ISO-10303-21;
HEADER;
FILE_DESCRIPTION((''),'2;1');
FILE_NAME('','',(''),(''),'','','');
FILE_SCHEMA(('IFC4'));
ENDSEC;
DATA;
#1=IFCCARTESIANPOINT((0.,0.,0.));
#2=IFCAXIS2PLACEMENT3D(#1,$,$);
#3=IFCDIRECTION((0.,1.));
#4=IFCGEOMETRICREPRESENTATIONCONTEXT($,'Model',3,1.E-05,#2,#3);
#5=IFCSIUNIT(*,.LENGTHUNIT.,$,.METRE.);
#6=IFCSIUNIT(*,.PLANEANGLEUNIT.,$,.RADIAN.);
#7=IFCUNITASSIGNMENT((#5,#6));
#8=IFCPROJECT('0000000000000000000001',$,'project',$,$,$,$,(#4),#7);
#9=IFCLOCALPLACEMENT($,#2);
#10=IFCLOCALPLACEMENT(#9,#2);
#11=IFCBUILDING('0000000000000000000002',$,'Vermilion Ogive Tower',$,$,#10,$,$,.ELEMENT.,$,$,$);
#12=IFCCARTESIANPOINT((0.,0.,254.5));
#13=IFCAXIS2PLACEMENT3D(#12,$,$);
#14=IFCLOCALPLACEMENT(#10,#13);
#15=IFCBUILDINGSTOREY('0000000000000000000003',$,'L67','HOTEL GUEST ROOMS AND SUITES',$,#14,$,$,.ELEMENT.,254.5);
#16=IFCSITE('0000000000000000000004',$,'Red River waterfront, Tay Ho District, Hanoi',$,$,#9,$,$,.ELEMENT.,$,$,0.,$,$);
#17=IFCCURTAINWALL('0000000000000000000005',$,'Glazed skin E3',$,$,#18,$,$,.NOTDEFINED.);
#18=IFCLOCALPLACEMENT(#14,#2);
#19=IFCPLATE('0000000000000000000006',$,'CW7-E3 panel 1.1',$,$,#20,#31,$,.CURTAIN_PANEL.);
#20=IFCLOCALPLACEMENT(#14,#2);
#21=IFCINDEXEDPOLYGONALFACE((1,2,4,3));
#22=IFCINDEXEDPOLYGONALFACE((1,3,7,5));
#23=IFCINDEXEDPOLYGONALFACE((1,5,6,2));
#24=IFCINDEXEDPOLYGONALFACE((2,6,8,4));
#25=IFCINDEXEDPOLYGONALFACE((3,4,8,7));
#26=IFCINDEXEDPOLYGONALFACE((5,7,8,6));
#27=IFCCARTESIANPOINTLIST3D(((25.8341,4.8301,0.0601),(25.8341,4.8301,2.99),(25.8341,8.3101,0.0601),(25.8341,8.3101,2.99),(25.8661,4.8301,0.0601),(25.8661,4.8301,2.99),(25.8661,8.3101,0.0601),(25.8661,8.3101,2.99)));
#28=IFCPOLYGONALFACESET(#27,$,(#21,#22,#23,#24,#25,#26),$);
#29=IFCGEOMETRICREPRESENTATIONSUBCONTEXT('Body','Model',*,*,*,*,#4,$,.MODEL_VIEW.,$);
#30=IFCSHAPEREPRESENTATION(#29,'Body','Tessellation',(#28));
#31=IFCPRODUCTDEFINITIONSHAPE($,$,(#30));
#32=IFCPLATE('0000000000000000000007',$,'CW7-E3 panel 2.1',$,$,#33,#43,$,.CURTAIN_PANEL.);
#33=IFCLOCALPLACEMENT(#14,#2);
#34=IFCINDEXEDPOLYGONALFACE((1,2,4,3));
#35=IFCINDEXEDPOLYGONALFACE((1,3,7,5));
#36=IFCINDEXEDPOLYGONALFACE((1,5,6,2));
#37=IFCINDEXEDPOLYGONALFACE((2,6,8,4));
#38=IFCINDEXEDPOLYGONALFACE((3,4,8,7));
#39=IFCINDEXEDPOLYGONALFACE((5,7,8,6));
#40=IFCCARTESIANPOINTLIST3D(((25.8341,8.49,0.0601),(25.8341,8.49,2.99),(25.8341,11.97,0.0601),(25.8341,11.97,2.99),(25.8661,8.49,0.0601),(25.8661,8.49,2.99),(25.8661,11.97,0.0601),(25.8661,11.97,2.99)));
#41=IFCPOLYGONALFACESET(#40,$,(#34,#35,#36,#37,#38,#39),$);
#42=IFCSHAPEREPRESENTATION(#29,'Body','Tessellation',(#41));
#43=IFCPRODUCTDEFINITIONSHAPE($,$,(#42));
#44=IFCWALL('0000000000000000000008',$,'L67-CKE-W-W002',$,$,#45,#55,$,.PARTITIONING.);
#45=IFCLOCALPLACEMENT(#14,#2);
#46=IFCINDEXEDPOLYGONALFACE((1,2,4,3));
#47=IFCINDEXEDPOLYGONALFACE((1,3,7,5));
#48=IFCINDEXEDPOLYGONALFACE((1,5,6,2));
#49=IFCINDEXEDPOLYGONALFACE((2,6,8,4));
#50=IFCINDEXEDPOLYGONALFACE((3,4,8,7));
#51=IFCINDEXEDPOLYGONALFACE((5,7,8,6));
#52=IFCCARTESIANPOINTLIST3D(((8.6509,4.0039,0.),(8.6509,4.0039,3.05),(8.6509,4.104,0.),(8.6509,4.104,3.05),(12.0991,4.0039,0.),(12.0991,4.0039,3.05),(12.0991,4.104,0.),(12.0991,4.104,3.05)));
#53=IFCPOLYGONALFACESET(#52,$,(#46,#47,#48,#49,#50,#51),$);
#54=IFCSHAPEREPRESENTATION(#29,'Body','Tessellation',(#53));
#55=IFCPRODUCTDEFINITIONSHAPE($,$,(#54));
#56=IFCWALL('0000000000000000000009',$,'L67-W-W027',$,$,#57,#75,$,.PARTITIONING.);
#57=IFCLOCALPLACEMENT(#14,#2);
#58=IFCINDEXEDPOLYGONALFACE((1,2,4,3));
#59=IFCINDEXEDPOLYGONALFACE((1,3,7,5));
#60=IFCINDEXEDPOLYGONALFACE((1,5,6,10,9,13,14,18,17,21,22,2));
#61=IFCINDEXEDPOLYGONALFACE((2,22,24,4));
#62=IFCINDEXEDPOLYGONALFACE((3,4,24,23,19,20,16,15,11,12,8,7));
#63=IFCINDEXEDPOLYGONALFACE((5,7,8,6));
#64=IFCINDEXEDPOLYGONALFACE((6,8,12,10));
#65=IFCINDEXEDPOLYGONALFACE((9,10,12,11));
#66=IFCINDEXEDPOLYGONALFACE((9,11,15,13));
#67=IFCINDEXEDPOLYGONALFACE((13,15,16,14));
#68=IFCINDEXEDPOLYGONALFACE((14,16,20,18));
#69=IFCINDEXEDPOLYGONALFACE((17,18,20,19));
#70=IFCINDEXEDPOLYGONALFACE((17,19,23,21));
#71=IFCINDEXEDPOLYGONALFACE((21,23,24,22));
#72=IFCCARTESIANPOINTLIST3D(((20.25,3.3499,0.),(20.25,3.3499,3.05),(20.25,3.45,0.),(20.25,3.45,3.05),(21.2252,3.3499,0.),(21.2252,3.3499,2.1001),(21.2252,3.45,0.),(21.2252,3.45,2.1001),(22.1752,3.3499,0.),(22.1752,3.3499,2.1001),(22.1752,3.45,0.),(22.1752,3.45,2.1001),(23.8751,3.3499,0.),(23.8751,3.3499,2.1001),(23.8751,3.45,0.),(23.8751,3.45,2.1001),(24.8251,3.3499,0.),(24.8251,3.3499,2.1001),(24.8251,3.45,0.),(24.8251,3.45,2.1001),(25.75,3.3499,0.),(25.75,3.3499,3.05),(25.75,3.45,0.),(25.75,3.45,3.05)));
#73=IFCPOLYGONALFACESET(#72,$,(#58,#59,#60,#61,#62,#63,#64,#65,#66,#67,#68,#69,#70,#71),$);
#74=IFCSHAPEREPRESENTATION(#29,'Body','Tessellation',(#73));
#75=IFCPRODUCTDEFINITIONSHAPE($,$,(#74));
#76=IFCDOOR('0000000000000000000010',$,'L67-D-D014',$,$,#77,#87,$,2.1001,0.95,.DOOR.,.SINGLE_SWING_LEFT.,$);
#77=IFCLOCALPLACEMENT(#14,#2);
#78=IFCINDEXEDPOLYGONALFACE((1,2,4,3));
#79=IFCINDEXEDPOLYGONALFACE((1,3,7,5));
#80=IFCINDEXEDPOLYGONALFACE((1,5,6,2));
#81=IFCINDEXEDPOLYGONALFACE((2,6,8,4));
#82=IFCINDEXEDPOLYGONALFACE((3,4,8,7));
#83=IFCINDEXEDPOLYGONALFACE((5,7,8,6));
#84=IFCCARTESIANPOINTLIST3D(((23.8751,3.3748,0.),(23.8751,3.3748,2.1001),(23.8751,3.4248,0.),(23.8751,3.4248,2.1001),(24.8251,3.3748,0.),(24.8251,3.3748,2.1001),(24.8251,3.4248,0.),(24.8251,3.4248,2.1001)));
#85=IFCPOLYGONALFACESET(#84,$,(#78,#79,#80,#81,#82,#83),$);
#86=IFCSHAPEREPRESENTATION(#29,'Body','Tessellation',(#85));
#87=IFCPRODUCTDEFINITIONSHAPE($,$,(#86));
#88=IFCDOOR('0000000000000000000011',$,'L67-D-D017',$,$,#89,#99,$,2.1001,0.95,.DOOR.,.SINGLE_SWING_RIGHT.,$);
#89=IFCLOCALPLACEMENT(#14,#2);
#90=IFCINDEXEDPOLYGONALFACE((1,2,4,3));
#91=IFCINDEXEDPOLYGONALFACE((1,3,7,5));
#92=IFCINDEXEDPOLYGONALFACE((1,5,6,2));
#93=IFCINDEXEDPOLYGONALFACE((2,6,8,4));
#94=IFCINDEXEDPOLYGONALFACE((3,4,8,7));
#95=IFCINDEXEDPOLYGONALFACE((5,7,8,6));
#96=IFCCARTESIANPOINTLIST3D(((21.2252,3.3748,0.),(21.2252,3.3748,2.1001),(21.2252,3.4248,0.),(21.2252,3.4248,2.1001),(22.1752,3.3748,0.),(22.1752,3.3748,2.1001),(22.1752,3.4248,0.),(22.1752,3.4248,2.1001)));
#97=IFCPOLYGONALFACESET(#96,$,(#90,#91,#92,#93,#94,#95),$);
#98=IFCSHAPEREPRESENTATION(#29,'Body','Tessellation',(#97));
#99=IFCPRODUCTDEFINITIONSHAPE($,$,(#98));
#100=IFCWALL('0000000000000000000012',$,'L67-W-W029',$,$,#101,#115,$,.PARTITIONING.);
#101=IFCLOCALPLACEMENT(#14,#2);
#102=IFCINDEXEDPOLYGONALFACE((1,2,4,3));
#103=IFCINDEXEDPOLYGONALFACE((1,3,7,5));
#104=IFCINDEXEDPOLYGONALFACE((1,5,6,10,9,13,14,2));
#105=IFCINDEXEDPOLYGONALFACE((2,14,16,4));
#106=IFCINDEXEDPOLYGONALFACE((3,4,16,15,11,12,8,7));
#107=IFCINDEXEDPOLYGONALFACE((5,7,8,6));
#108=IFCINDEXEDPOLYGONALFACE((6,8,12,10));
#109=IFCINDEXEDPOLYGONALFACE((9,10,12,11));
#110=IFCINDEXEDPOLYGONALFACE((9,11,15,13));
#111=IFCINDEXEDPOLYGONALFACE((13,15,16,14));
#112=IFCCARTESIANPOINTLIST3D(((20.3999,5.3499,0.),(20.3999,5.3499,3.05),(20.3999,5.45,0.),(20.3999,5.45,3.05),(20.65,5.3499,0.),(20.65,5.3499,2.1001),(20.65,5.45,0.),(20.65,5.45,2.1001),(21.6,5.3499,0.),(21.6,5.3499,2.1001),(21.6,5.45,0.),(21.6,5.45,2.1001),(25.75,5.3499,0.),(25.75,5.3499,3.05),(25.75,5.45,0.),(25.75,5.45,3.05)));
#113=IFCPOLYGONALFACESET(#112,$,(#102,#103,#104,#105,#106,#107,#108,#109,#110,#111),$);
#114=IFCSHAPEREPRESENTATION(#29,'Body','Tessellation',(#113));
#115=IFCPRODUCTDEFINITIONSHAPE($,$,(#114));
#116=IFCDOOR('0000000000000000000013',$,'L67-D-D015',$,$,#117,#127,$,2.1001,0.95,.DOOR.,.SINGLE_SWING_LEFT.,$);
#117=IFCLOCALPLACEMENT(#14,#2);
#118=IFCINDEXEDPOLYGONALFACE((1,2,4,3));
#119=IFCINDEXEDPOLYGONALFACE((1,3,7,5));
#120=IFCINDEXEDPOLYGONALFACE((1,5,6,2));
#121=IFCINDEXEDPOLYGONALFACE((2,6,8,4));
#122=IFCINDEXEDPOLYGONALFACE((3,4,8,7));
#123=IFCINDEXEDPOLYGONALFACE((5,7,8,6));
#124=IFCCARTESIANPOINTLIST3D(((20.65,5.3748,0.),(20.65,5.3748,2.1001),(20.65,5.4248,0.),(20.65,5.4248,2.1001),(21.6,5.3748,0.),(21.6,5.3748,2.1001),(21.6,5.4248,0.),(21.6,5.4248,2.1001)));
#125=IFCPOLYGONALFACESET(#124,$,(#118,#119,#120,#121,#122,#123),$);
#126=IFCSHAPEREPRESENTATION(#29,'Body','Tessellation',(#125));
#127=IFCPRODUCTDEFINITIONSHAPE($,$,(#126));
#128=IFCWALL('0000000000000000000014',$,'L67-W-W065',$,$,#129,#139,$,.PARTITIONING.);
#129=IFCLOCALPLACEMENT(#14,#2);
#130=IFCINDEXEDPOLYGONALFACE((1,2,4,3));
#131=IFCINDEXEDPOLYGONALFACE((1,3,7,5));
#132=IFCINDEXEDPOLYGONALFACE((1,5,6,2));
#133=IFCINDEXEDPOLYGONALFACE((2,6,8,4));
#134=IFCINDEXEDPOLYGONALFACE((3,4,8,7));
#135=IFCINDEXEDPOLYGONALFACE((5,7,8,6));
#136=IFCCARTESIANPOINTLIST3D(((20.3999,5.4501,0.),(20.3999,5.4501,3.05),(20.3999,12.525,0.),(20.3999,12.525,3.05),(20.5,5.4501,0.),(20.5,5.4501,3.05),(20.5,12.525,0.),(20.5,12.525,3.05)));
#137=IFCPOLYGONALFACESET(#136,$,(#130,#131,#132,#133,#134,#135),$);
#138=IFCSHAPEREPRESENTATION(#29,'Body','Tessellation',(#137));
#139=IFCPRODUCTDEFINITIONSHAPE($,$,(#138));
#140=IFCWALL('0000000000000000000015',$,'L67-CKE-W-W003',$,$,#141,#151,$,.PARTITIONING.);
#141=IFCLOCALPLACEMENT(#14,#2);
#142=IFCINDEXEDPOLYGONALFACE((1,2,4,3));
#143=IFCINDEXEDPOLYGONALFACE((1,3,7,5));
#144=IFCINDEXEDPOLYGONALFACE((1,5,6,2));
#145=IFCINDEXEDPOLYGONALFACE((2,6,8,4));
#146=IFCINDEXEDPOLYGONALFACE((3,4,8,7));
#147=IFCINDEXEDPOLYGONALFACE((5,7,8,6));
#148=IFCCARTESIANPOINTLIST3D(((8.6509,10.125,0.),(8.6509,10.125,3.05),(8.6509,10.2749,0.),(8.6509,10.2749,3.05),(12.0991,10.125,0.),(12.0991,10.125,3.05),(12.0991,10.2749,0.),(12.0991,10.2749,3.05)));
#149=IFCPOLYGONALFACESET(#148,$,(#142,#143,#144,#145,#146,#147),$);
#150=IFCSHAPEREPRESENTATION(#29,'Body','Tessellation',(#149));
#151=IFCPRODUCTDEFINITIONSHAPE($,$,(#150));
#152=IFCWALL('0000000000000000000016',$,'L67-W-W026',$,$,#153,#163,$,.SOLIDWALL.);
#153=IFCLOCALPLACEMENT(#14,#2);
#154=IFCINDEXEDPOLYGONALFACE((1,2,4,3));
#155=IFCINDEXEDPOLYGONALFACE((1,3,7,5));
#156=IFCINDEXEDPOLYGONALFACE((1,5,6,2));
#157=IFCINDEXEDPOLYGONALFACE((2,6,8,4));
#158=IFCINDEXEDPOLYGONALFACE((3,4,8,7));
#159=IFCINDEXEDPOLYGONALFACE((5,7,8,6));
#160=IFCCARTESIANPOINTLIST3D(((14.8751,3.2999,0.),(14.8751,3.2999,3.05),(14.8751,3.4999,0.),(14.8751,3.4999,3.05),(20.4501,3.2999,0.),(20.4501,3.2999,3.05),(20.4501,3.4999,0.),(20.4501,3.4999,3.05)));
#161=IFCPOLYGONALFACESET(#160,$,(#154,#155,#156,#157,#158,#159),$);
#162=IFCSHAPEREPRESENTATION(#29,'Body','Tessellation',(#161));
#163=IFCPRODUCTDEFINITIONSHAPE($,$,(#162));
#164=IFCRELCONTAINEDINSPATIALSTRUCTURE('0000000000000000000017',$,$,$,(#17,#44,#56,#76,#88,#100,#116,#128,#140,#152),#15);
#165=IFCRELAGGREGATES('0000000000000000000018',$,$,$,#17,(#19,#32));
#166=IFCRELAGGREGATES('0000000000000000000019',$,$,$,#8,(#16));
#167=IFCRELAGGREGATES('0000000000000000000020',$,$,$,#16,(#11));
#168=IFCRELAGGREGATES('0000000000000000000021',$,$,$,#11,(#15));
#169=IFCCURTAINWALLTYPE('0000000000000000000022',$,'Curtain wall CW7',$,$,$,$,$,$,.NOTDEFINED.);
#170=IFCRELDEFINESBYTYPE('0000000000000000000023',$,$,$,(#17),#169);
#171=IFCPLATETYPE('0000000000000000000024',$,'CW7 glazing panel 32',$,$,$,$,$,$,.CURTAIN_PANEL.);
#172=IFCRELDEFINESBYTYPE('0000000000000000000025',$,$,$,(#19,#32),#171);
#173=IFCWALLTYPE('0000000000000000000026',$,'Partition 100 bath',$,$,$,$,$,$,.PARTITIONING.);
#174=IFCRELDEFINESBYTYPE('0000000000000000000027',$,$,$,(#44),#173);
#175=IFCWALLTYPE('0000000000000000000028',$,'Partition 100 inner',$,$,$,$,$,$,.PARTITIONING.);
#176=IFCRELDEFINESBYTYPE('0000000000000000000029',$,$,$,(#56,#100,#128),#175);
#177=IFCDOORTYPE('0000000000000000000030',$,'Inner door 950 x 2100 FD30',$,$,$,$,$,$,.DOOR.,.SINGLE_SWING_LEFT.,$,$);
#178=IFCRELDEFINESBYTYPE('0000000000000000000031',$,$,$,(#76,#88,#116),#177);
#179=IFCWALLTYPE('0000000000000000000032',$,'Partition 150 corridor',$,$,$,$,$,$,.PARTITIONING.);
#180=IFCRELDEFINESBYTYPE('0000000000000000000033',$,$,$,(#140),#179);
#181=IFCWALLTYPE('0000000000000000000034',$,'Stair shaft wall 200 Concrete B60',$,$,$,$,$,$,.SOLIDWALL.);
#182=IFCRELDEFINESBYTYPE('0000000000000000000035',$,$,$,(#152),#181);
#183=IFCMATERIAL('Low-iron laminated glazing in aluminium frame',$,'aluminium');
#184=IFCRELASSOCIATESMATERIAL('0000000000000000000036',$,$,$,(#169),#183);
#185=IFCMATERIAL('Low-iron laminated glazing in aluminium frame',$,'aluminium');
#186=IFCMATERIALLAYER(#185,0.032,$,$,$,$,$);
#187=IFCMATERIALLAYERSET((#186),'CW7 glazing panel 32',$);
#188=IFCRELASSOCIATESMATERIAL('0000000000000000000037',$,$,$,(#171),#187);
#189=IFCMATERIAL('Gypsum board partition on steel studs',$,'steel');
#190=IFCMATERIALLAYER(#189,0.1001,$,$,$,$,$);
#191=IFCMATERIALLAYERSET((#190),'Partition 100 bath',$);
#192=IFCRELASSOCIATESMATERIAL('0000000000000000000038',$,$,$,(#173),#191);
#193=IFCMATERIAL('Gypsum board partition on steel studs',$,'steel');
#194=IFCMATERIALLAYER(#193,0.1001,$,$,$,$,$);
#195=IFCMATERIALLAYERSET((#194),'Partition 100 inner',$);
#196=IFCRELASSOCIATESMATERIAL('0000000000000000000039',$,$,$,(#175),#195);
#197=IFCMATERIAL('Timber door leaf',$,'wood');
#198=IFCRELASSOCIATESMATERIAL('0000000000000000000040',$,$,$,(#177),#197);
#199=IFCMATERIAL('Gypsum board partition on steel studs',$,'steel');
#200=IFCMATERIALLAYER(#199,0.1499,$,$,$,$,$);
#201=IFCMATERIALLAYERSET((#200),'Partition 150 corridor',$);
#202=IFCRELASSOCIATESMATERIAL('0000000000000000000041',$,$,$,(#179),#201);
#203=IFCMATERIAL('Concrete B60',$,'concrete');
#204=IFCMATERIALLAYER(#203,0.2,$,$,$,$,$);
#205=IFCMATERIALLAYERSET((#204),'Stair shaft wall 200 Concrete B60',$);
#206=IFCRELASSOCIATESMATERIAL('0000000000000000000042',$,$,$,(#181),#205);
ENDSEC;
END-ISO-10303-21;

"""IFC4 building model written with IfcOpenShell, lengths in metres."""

from ifc_helpers import new_model, si_unit, direction, frame, frame_2d, origin, origin_2d, place, context, subcontext, project, spatial, rectangle, extrude, material, layer, layer_set, type_object, element, fill, aggregate, save


model = new_model("IFC4")

# Units and contexts
model_context = context("Model", 3, precision=1e-05, world=origin(), true_north=direction((0.0, 1.0)))
body_context = subcontext(model_context, "Body", "Model", "MODEL_VIEW")
ifc_project = project(units=[si_unit("LENGTHUNIT", "METRE"), si_unit("PLANEANGLEUNIT", "RADIAN")], contexts=[model_context])

# Site, building, storey
site_placement = place(None, origin())
site = spatial("IfcSite", under=ifc_project, at=site_placement, Name="Red River waterfront, Tay Ho District, Hanoi", CompositionType="ELEMENT", RefElevation=0.0)
building_placement = place(site_placement, origin())
building = spatial("IfcBuilding", under=site, at=building_placement, Name="Vermilion Ogive Tower", CompositionType="ELEMENT")
storey_placement = place(building_placement, frame((0.0, 0.0, 254.5)))
storey = spatial("IfcBuildingStorey", under=building, at=storey_placement, Name="L67", Description="HOTEL GUEST ROOMS AND SUITES", CompositionType="ELEMENT", Elevation=254.5)

# Curtain wall
ifc_material_1 = material(Name="Low-iron laminated glazing in aluminium frame", Category="aluminium")
curtain_wall_type = type_object("IfcCurtainWallType", Name="Curtain wall CW7", PredefinedType="NOTDEFINED", material=ifc_material_1)
curtain_wall_1_placement = place(storey_placement, origin())
curtain_wall_1 = element("IfcCurtainWall", 1, at=curtain_wall_1_placement, inside=storey, type_object=curtain_wall_type, Name="Glazed skin E3", PredefinedType="NOTDEFINED")

# Plates
ifc_material_2 = material(Name="Low-iron laminated glazing in aluminium frame", Category="aluminium")
ifc_layer_1 = layer(ifc_material_2, 0.032)
ifc_layer_set_1 = layer_set([ifc_layer_1], Name="CW7 glazing panel 32")
plate_type = type_object("IfcPlateType", Name="CW7 glazing panel 32", PredefinedType="CURTAIN_PANEL", material=ifc_layer_set_1)
plate_1_placement = place(storey_placement, frame((25.8501, 6.5701, 0.0601), z_axis=(0.0, 0.0, 1.0), x_axis=(0.0, 1.0, 0.0)))
plate_1 = element("IfcPlate", 2, at=plate_1_placement, type_object=plate_type, Name="CW7-E3 panel 1.1", PredefinedType="CURTAIN_PANEL", context=body_context, shape_type="SweptSolid", body=[
    extrude(rectangle(XDim=3.48, YDim=0.032, at=origin_2d()), origin(), (0.0, 0.0, 1.0), 2.9299),
])
plate_2_placement = place(storey_placement, frame((25.8501, 10.23, 0.0601), z_axis=(0.0, 0.0, 1.0), x_axis=(0.0, 1.0, 0.0)))
plate_2 = element("IfcPlate", 3, at=plate_2_placement, type_object=plate_type, Name="CW7-E3 panel 2.1", PredefinedType="CURTAIN_PANEL", context=body_context, shape_type="SweptSolid", body=[
    extrude(rectangle(XDim=3.48, YDim=0.032, at=origin_2d()), origin(), (0.0, 0.0, 1.0), 2.9299),
])
aggregate(curtain_wall_1, [plate_1, plate_2])

# Wall
ifc_material_3 = material(Name="Gypsum board partition on steel studs", Category="steel")
ifc_layer_2 = layer(ifc_material_3, 0.1001)
ifc_layer_set_2 = layer_set([ifc_layer_2], Name="Partition 100 bath")
wall_type_1 = type_object("IfcWallType", Name="Partition 100 bath", PredefinedType="PARTITIONING", material=ifc_layer_set_2)
wall_1_placement = place(storey_placement, frame((8.6509, 4.054, 0.0), z_axis=(0.0, 0.0, 1.0), x_axis=(1.0, 0.0, 0.0)))
element("IfcWall", 4, at=wall_1_placement, inside=storey, type_object=wall_type_1, Name="L67-CKE-W-W002", PredefinedType="PARTITIONING", context=body_context, shape_type="SweptSolid", body=[
    extrude(rectangle(XDim=3.4482, YDim=0.1001, at=frame_2d((1.7241, 0.0))), origin(), (0.0, 0.0, 1.0), 3.05),
])

# Wall, openings, doors
ifc_material_4 = material(Name="Gypsum board partition on steel studs", Category="steel")
ifc_layer_3 = layer(ifc_material_4, 0.1001)
ifc_layer_set_3 = layer_set([ifc_layer_3], Name="Partition 100 inner")
wall_type_2 = type_object("IfcWallType", Name="Partition 100 inner", PredefinedType="PARTITIONING", material=ifc_layer_set_3)
wall_2_placement = place(storey_placement, frame((20.25, 3.3999, 0.0), z_axis=(0.0, 0.0, 1.0), x_axis=(1.0, 0.0, 0.0)))
wall_2 = element("IfcWall", 5, at=wall_2_placement, inside=storey, type_object=wall_type_2, Name="L67-W-W027", PredefinedType="PARTITIONING", context=body_context, shape_type="SweptSolid", body=[
    extrude(rectangle(XDim=5.5, YDim=0.1001, at=frame_2d((2.75, 0.0))), origin(), (0.0, 0.0, 1.0), 3.05),
])
opening_1_placement = place(wall_2_placement, frame((3.625, 0.0, 0.0)))
opening_1 = element("IfcOpeningElement", 6, at=opening_1_placement, cuts=wall_2, PredefinedType="OPENING", context=body_context, shape_type="SweptSolid", body=[
    extrude(rectangle(XDim=0.95, YDim=2.1001, at=frame_2d((0.4751, 1.05))), frame((0.0, 0.0601, 0.0), z_axis=(0.0, -1.0, 0.0), x_axis=(1.0, 0.0, 0.0)), (0.0, 0.0, 1.0), 0.1201),
])
opening_2_placement = place(wall_2_placement, frame((0.9751, 0.0, 0.0)))
opening_2 = element("IfcOpeningElement", 7, at=opening_2_placement, cuts=wall_2, PredefinedType="OPENING", context=body_context, shape_type="SweptSolid", body=[
    extrude(rectangle(XDim=0.95, YDim=2.1001, at=frame_2d((0.4751, 1.05))), frame((0.0, 0.0601, 0.0), z_axis=(0.0, -1.0, 0.0), x_axis=(1.0, 0.0, 0.0)), (0.0, 0.0, 1.0), 0.1201),
])
ifc_material_5 = material(Name="Timber door leaf", Category="wood")
door_type = type_object("IfcDoorType", Name="Inner door 950 x 2100 FD30", OperationType="SINGLE_SWING_LEFT", PredefinedType="DOOR", material=ifc_material_5)
door_1_placement = place(opening_1_placement, origin())
door_1 = element("IfcDoor", 8, at=door_1_placement, inside=storey, type_object=door_type, Name="L67-D-D014", OperationType="SINGLE_SWING_LEFT", OverallHeight=2.1001, OverallWidth=0.95, PredefinedType="DOOR", context=body_context, shape_type="SweptSolid", body=[
    extrude(rectangle(XDim=0.95, YDim=2.1001, at=frame_2d((0.4751, 1.05))), frame((0.0, 0.0249, 0.0), z_axis=(0.0, -1.0, 0.0), x_axis=(1.0, 0.0, 0.0)), (0.0, 0.0, 1.0), 0.05),
])
fill(opening_1, door_1)
door_2_placement = place(opening_2_placement, origin())
door_2 = element("IfcDoor", 9, at=door_2_placement, inside=storey, type_object=door_type, Name="L67-D-D017", OperationType="SINGLE_SWING_RIGHT", OverallHeight=2.1001, OverallWidth=0.95, PredefinedType="DOOR", context=body_context, shape_type="SweptSolid", body=[
    extrude(rectangle(XDim=0.95, YDim=2.1001, at=frame_2d((0.4751, 1.05))), frame((0.0, 0.0249, 0.0), z_axis=(0.0, -1.0, 0.0), x_axis=(1.0, 0.0, 0.0)), (0.0, 0.0, 1.0), 0.05),
])
fill(opening_2, door_2)

# Wall, opening, door
wall_3_placement = place(storey_placement, frame((20.3999, 5.3999, 0.0), z_axis=(0.0, 0.0, 1.0), x_axis=(1.0, 0.0, 0.0)))
wall_3 = element("IfcWall", 10, at=wall_3_placement, inside=storey, type_object=wall_type_2, Name="L67-W-W029", PredefinedType="PARTITIONING", context=body_context, shape_type="SweptSolid", body=[
    extrude(rectangle(XDim=5.3501, YDim=0.1001, at=frame_2d((2.675, 0.0))), origin(), (0.0, 0.0, 1.0), 3.05),
])
opening_3_placement = place(wall_3_placement, frame((0.25, 0.0, 0.0)))
opening_3 = element("IfcOpeningElement", 11, at=opening_3_placement, cuts=wall_3, PredefinedType="OPENING", context=body_context, shape_type="SweptSolid", body=[
    extrude(rectangle(XDim=0.95, YDim=2.1001, at=frame_2d((0.4751, 1.05))), frame((0.0, 0.0601, 0.0), z_axis=(0.0, -1.0, 0.0), x_axis=(1.0, 0.0, 0.0)), (0.0, 0.0, 1.0), 0.1201),
])
door_3_placement = place(opening_3_placement, origin())
door_3 = element("IfcDoor", 12, at=door_3_placement, inside=storey, type_object=door_type, Name="L67-D-D015", OperationType="SINGLE_SWING_LEFT", OverallHeight=2.1001, OverallWidth=0.95, PredefinedType="DOOR", context=body_context, shape_type="SweptSolid", body=[
    extrude(rectangle(XDim=0.95, YDim=2.1001, at=frame_2d((0.4751, 1.05))), frame((0.0, 0.0249, 0.0), z_axis=(0.0, -1.0, 0.0), x_axis=(1.0, 0.0, 0.0)), (0.0, 0.0, 1.0), 0.05),
])
fill(opening_3, door_3)

# Walls
wall_4_placement = place(storey_placement, frame((20.45, 5.45, 0.0), z_axis=(0.0, 0.0, 1.0), x_axis=(0.0, 1.0, 0.0)))
element("IfcWall", 13, at=wall_4_placement, inside=storey, type_object=wall_type_2, Name="L67-W-W065", PredefinedType="PARTITIONING", context=body_context, shape_type="SweptSolid", body=[
    extrude(rectangle(XDim=7.075, YDim=0.1001, at=frame_2d((3.5376, 0.0))), origin(), (0.0, 0.0, 1.0), 3.05),
])
ifc_material_6 = material(Name="Gypsum board partition on steel studs", Category="steel")
ifc_layer_4 = layer(ifc_material_6, 0.1499)
ifc_layer_set_4 = layer_set([ifc_layer_4], Name="Partition 150 corridor")
wall_type_3 = type_object("IfcWallType", Name="Partition 150 corridor", PredefinedType="PARTITIONING", material=ifc_layer_set_4)
wall_5_placement = place(storey_placement, frame((8.6509, 10.2, 0.0), z_axis=(0.0, 0.0, 1.0), x_axis=(1.0, 0.0, 0.0)))
element("IfcWall", 14, at=wall_5_placement, inside=storey, type_object=wall_type_3, Name="L67-CKE-W-W003", PredefinedType="PARTITIONING", context=body_context, shape_type="SweptSolid", body=[
    extrude(rectangle(XDim=3.4482, YDim=0.1499, at=frame_2d((1.7241, 0.0))), origin(), (0.0, 0.0, 1.0), 3.05),
])
ifc_material_7 = material(Name="Concrete B60", Category="concrete")
ifc_layer_5 = layer(ifc_material_7, 0.2)
ifc_layer_set_5 = layer_set([ifc_layer_5], Name="Stair shaft wall 200 Concrete B60")
wall_type_4 = type_object("IfcWallType", Name="Stair shaft wall 200 Concrete B60", PredefinedType="SOLIDWALL", material=ifc_layer_set_5)
wall_6_placement = place(storey_placement, frame((14.875, 3.3999, 0.0), z_axis=(0.0, 0.0, 1.0), x_axis=(1.0, 0.0, 0.0)))
element("IfcWall", 15, at=wall_6_placement, inside=storey, type_object=wall_type_4, Name="L67-W-W026", PredefinedType="SOLIDWALL", context=body_context, shape_type="SweptSolid", body=[
    extrude(rectangle(XDim=5.575, YDim=0.2, at=frame_2d((2.7876, 0.0))), origin(), (0.0, 0.0, 1.0), 3.05),
])

save(model, "model.ifc")
